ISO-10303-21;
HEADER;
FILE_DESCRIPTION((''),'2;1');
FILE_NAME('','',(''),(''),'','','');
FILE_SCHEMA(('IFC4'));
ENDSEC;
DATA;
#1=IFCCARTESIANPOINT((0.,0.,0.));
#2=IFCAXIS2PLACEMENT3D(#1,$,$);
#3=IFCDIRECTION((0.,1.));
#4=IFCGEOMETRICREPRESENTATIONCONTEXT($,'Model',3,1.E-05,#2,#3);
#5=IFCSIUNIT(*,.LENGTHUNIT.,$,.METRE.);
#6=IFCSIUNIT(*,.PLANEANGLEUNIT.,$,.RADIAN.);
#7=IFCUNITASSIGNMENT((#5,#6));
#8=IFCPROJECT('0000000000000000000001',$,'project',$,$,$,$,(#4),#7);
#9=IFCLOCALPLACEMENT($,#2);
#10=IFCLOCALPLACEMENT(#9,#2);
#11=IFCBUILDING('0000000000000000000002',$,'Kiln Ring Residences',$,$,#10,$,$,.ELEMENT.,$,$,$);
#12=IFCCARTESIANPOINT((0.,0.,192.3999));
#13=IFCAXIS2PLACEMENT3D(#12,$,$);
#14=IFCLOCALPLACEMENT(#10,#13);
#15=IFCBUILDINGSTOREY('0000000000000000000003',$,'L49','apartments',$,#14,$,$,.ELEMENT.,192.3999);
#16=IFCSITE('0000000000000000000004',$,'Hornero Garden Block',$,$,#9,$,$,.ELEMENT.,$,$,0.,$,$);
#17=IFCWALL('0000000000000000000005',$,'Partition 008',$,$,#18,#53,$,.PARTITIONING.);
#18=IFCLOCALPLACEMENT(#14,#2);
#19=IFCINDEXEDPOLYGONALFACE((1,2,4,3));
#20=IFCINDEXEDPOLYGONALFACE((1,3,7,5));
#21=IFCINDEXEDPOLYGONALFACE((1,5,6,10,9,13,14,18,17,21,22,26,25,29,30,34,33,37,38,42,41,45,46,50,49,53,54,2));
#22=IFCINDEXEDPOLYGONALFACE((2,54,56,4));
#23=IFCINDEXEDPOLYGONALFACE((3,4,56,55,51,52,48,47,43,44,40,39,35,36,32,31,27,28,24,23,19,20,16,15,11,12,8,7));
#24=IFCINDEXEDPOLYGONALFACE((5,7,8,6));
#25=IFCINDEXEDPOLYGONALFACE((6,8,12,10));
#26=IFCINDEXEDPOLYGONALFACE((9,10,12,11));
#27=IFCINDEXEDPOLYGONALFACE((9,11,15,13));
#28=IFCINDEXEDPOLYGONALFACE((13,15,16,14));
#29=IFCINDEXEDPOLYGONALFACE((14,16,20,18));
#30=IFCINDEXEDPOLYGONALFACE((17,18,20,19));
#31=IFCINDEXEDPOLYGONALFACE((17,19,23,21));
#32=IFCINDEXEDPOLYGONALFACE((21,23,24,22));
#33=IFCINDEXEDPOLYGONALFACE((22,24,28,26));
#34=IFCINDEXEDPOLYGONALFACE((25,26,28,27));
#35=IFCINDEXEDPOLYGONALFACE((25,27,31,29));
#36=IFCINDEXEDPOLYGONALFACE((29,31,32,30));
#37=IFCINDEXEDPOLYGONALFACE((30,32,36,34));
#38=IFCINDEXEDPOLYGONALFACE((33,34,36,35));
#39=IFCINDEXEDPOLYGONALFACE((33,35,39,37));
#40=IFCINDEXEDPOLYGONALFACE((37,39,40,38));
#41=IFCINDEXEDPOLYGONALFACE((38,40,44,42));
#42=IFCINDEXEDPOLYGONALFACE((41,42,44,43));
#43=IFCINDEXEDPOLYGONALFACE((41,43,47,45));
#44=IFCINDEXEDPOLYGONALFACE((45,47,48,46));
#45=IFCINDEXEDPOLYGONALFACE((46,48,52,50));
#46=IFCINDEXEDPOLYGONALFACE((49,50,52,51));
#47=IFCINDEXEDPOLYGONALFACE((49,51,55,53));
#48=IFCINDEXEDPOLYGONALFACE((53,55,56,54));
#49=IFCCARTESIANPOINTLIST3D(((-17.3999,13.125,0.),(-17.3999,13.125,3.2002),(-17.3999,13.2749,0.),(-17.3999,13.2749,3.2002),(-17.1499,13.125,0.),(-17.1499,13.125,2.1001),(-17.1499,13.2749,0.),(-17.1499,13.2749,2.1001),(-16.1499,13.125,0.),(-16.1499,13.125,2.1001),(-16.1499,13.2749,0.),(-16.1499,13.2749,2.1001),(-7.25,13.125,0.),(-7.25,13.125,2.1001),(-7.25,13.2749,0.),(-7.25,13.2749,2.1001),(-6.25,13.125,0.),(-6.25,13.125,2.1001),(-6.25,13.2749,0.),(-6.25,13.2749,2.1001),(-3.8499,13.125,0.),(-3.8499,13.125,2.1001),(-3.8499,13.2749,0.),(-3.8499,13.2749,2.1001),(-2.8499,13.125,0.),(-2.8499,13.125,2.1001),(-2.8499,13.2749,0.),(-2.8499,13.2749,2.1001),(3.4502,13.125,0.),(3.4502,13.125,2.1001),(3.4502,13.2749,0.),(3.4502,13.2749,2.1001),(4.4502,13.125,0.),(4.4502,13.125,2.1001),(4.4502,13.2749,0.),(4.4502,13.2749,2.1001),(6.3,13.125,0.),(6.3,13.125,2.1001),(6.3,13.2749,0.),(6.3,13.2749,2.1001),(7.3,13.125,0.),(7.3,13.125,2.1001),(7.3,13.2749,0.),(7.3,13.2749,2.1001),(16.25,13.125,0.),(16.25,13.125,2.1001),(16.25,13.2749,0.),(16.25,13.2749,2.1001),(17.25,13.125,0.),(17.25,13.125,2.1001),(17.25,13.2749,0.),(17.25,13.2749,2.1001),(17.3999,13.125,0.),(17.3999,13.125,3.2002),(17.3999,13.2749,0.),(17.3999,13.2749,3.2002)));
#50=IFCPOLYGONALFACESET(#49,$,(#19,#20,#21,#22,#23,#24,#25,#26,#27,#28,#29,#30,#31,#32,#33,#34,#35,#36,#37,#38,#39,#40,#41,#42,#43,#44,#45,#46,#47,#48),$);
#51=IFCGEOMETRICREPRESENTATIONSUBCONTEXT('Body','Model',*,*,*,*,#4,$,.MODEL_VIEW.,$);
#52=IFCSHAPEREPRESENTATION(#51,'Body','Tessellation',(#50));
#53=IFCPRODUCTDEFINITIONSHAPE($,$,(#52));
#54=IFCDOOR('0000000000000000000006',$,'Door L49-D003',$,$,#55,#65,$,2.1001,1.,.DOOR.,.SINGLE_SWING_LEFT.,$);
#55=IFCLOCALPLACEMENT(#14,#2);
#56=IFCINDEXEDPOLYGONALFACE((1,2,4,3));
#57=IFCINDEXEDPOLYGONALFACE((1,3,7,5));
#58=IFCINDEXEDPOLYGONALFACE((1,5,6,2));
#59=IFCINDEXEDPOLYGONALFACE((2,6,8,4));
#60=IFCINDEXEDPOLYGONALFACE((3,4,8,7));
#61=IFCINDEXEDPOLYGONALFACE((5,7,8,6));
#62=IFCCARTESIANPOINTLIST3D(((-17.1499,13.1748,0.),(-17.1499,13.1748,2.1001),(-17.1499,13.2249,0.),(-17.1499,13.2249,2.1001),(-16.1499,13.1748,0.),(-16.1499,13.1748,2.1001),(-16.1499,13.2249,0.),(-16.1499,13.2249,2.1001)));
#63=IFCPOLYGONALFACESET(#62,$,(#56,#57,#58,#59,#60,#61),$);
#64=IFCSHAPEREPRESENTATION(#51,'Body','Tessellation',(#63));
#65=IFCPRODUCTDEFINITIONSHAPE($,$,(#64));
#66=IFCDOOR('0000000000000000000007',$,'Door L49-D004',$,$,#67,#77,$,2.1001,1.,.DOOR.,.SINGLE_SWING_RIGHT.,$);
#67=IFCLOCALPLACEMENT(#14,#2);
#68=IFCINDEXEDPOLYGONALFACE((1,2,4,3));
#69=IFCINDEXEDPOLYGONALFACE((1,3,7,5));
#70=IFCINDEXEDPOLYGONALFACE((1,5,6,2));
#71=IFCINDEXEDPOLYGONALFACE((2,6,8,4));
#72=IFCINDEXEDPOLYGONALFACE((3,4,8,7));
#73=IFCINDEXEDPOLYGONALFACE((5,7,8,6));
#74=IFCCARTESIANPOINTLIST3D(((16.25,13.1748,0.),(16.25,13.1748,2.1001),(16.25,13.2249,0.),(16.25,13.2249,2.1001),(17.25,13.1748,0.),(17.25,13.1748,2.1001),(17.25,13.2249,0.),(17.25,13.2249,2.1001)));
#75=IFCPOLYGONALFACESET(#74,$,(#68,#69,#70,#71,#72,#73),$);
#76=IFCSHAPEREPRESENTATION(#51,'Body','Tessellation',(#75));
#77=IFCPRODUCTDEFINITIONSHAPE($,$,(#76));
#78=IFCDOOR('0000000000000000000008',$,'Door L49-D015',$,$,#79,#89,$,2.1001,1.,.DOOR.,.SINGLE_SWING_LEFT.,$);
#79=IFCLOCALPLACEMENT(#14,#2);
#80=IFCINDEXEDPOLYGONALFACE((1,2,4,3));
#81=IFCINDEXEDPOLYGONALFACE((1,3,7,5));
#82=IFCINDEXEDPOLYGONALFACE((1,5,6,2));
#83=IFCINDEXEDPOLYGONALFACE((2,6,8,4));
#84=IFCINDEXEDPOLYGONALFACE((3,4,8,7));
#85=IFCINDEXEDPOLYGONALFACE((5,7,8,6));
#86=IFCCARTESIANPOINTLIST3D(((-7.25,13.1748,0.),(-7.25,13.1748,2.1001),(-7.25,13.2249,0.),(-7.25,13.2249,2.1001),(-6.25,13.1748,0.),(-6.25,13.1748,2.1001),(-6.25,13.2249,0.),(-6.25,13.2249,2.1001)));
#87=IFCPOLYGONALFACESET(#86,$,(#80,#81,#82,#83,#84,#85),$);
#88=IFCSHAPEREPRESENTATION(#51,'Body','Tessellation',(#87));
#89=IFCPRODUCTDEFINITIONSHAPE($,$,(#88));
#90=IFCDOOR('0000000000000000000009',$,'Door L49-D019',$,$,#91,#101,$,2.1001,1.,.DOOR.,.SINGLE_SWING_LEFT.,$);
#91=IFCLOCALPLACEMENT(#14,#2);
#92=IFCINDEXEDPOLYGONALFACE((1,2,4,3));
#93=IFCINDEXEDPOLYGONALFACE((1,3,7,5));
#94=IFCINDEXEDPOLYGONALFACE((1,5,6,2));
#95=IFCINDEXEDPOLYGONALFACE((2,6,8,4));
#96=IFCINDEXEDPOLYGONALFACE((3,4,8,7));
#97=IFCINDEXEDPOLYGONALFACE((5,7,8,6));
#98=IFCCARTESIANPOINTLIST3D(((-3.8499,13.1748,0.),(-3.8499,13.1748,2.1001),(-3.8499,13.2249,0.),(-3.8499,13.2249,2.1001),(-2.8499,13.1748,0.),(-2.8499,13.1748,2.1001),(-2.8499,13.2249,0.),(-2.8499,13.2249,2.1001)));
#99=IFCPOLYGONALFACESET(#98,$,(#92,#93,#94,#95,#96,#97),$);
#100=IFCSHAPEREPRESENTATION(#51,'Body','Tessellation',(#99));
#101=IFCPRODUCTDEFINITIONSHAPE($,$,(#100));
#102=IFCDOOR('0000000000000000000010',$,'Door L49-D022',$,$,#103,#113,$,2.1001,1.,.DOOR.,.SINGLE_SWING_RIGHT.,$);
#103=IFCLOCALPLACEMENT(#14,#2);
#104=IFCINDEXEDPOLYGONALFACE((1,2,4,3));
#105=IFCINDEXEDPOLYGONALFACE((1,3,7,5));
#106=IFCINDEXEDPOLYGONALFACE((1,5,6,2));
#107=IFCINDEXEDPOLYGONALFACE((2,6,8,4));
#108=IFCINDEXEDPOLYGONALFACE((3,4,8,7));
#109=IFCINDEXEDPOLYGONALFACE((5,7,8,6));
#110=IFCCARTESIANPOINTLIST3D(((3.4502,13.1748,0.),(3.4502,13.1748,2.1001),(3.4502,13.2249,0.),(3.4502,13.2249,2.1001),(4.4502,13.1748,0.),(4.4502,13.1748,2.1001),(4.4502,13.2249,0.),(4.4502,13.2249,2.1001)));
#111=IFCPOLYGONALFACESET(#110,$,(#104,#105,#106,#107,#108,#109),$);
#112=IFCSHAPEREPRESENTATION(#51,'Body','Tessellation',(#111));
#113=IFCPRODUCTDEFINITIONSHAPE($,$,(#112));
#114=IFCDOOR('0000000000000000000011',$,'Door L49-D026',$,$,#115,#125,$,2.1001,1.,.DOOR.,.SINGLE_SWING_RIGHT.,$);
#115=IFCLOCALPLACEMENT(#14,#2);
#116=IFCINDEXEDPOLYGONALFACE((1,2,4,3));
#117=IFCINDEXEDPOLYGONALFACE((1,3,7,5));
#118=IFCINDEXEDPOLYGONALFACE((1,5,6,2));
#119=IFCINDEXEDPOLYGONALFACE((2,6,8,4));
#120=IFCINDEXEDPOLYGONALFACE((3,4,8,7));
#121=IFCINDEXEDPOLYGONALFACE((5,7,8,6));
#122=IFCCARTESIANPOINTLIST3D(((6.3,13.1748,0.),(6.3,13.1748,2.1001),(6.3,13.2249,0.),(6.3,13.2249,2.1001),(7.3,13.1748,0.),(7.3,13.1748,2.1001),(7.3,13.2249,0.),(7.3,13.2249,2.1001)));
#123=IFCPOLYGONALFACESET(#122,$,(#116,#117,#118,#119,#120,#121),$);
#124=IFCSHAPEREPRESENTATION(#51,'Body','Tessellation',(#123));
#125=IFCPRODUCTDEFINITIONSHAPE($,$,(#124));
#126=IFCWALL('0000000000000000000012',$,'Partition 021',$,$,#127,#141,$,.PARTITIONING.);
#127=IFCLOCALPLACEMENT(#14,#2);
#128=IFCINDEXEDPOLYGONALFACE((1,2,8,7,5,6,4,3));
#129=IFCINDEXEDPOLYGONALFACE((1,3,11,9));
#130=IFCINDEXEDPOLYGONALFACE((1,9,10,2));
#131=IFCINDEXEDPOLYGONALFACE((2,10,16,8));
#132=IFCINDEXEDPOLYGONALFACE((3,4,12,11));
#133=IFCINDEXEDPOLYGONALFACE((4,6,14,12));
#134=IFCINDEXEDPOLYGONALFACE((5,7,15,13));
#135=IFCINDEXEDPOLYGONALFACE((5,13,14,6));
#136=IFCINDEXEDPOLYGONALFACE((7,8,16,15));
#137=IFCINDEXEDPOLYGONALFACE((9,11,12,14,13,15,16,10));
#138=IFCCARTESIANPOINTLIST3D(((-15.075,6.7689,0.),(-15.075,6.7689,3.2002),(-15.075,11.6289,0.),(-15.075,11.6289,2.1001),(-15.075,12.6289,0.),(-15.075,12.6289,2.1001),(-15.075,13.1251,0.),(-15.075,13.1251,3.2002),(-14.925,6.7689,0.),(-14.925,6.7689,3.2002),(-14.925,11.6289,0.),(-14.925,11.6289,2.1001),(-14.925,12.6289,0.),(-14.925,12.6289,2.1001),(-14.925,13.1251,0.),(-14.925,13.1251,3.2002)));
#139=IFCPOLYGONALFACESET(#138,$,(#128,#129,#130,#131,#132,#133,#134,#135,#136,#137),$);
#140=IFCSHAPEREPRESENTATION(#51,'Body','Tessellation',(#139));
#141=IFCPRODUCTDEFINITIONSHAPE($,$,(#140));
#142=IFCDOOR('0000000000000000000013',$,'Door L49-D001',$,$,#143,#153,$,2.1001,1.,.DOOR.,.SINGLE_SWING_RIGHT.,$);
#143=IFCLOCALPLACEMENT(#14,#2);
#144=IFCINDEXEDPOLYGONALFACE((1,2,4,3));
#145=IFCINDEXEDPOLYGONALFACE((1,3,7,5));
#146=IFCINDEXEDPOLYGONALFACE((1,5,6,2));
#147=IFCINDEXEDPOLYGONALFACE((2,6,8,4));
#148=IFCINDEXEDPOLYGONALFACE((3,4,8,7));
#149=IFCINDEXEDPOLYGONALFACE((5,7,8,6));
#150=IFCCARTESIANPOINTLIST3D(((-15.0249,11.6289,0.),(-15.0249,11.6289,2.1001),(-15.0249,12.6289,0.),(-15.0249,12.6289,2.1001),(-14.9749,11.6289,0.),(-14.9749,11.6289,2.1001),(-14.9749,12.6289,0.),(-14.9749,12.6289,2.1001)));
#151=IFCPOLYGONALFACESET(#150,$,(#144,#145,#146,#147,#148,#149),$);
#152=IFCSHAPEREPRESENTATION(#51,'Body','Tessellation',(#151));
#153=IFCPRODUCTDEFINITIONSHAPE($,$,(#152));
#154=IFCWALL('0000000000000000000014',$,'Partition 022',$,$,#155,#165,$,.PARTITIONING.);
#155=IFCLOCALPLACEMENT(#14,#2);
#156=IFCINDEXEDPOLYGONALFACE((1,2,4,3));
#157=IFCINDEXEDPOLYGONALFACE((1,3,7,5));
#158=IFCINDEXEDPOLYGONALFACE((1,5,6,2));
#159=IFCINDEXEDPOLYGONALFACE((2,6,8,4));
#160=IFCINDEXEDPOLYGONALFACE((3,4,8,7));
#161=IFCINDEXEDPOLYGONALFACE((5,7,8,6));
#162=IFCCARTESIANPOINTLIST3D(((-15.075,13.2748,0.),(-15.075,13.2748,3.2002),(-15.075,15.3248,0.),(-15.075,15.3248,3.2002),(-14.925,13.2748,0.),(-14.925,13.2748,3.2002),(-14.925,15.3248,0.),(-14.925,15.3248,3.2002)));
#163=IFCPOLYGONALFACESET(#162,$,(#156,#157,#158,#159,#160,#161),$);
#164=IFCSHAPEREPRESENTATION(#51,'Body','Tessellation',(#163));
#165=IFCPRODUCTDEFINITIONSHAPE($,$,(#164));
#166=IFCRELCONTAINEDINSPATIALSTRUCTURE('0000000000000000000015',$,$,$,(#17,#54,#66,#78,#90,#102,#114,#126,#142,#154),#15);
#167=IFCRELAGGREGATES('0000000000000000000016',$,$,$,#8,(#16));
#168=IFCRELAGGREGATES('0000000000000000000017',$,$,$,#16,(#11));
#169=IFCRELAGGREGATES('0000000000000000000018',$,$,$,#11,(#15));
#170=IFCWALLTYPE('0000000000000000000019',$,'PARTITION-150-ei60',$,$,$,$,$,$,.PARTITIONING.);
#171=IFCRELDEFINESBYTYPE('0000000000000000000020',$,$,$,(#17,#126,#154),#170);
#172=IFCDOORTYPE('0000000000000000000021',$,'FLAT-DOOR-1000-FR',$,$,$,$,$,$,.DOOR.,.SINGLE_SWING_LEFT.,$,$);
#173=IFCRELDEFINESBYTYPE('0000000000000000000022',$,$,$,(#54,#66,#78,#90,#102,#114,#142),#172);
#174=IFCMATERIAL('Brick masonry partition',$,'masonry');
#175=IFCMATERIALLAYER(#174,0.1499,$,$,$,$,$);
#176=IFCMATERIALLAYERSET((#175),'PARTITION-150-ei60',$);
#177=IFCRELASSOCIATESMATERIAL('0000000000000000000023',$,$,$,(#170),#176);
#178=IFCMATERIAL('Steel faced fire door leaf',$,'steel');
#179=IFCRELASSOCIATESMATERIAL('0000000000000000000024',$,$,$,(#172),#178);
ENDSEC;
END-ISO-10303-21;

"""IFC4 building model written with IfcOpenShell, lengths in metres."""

from ifc_helpers import new_model, si_unit, direction, frame, frame_2d, origin, place, context, subcontext, project, spatial, rectangle, extrude, material, layer, layer_set, type_object, element, fill, save


model = new_model("IFC4")

# Units and contexts
model_context = context("Model", 3, precision=1e-05, world=origin(), true_north=direction((0.0, 1.0)))
body_context = subcontext(model_context, "Body", "Model", "MODEL_VIEW")
ifc_project = project(units=[si_unit("LENGTHUNIT", "METRE"), si_unit("PLANEANGLEUNIT", "RADIAN")], contexts=[model_context])

# Site, building, storey
site_placement = place(None, origin())
site = spatial("IfcSite", under=ifc_project, at=site_placement, Name="Hornero Garden Block", CompositionType="ELEMENT", RefElevation=0.0)
building_placement = place(site_placement, origin())
building = spatial("IfcBuilding", under=site, at=building_placement, Name="Kiln Ring Residences", CompositionType="ELEMENT")
storey_placement = place(building_placement, frame((0.0, 0.0, 192.3999)))
storey = spatial("IfcBuildingStorey", under=building, at=storey_placement, Name="L49", Description="apartments", CompositionType="ELEMENT", Elevation=192.3999)

# Wall, openings, doors
ifc_material_1 = material(Name="Brick masonry partition", Category="masonry")
ifc_layer_1 = layer(ifc_material_1, 0.1499)
ifc_layer_set_1 = layer_set([ifc_layer_1], Name="PARTITION-150-ei60")
wall_type = type_object("IfcWallType", Name="PARTITION-150-ei60", PredefinedType="PARTITIONING", material=ifc_layer_set_1)
ifc_material_2 = material(Name="Steel faced fire door leaf", Category="steel")
door_type = type_object("IfcDoorType", Name="FLAT-DOOR-1000-FR", OperationType="SINGLE_SWING_LEFT", PredefinedType="DOOR", material=ifc_material_2)
wall_1_placement = place(storey_placement, frame((-17.3999, 13.2, 0.0), z_axis=(0.0, 0.0, 1.0), x_axis=(1.0, 0.0, 0.0)))
wall_1 = element("IfcWall", 1, at=wall_1_placement, inside=storey, type_object=wall_type, Name="Partition 008", PredefinedType="PARTITIONING", context=body_context, shape_type="SweptSolid", body=[
    extrude(rectangle(XDim=34.7998, YDim=0.1499, at=frame_2d((17.3999, 0.0))), origin(), (0.0, 0.0, 1.0), 3.2002),
])
opening_1_placement = place(wall_1_placement, frame((0.25, 0.0, 0.0)))
opening_1 = element("IfcOpeningElement", 2, at=opening_1_placement, cuts=wall_1, PredefinedType="OPENING", context=body_context, shape_type="SweptSolid", body=[
    extrude(rectangle(XDim=1.0, YDim=2.1001, at=frame_2d((0.5, 1.05))), frame((0.0, 0.085, 0.0), z_axis=(0.0, -1.0, 0.0), x_axis=(1.0, 0.0, 0.0)), (0.0, 0.0, 1.0), 0.1699),
])
opening_2_placement = place(wall_1_placement, frame((33.6499, 0.0, 0.0)))
opening_2 = element("IfcOpeningElement", 3, at=opening_2_placement, cuts=wall_1, PredefinedType="OPENING", context=body_context, shape_type="SweptSolid", body=[
    extrude(rectangle(XDim=1.0, YDim=2.1001, at=frame_2d((0.5, 1.05))), frame((0.0, 0.085, 0.0), z_axis=(0.0, -1.0, 0.0), x_axis=(1.0, 0.0, 0.0)), (0.0, 0.0, 1.0), 0.1699),
])
opening_3_placement = place(wall_1_placement, frame((10.1499, 0.0, 0.0)))
opening_3 = element("IfcOpeningElement", 4, at=opening_3_placement, cuts=wall_1, PredefinedType="OPENING", context=body_context, shape_type="SweptSolid", body=[
    extrude(rectangle(XDim=1.0, YDim=2.1001, at=frame_2d((0.5, 1.05))), frame((0.0, 0.085, 0.0), z_axis=(0.0, -1.0, 0.0), x_axis=(1.0, 0.0, 0.0)), (0.0, 0.0, 1.0), 0.1699),
])
opening_4_placement = place(wall_1_placement, frame((13.55, 0.0, 0.0)))
opening_4 = element("IfcOpeningElement", 5, at=opening_4_placement, cuts=wall_1, PredefinedType="OPENING", context=body_context, shape_type="SweptSolid", body=[
    extrude(rectangle(XDim=1.0, YDim=2.1001, at=frame_2d((0.5, 1.05))), frame((0.0, 0.085, 0.0), z_axis=(0.0, -1.0, 0.0), x_axis=(1.0, 0.0, 0.0)), (0.0, 0.0, 1.0), 0.1699),
])
opening_5_placement = place(wall_1_placement, frame((20.8501, 0.0, 0.0)))
opening_5 = element("IfcOpeningElement", 6, at=opening_5_placement, cuts=wall_1, PredefinedType="OPENING", context=body_context, shape_type="SweptSolid", body=[
    extrude(rectangle(XDim=1.0, YDim=2.1001, at=frame_2d((0.5, 1.05))), frame((0.0, 0.085, 0.0), z_axis=(0.0, -1.0, 0.0), x_axis=(1.0, 0.0, 0.0)), (0.0, 0.0, 1.0), 0.1699),
])
opening_6_placement = place(wall_1_placement, frame((23.7, 0.0, 0.0)))
opening_6 = element("IfcOpeningElement", 7, at=opening_6_placement, cuts=wall_1, PredefinedType="OPENING", context=body_context, shape_type="SweptSolid", body=[
    extrude(rectangle(XDim=1.0, YDim=2.1001, at=frame_2d((0.5, 1.05))), frame((0.0, 0.085, 0.0), z_axis=(0.0, -1.0, 0.0), x_axis=(1.0, 0.0, 0.0)), (0.0, 0.0, 1.0), 0.1699),
])
door_1_placement = place(opening_1_placement, origin())
door_1 = element("IfcDoor", 8, at=door_1_placement, inside=storey, type_object=door_type, Name="Door L49-D003", OperationType="SINGLE_SWING_LEFT", OverallHeight=2.1001, OverallWidth=1.0, PredefinedType="DOOR", context=body_context, shape_type="SweptSolid", body=[
    extrude(rectangle(XDim=1.0, YDim=2.1001, at=frame_2d((0.5, 1.05))), frame((0.0, 0.0249, 0.0), z_axis=(0.0, -1.0, 0.0), x_axis=(1.0, 0.0, 0.0)), (0.0, 0.0, 1.0), 0.05),
])
fill(opening_1, door_1)
door_2_placement = place(opening_2_placement, origin())
door_2 = element("IfcDoor", 9, at=door_2_placement, inside=storey, type_object=door_type, Name="Door L49-D004", OperationType="SINGLE_SWING_RIGHT", OverallHeight=2.1001, OverallWidth=1.0, PredefinedType="DOOR", context=body_context, shape_type="SweptSolid", body=[
    extrude(rectangle(XDim=1.0, YDim=2.1001, at=frame_2d((0.5, 1.05))), frame((0.0, 0.0249, 0.0), z_axis=(0.0, -1.0, 0.0), x_axis=(1.0, 0.0, 0.0)), (0.0, 0.0, 1.0), 0.05),
])
fill(opening_2, door_2)
door_3_placement = place(opening_3_placement, origin())
door_3 = element("IfcDoor", 10, at=door_3_placement, inside=storey, type_object=door_type, Name="Door L49-D015", OperationType="SINGLE_SWING_LEFT", OverallHeight=2.1001, OverallWidth=1.0, PredefinedType="DOOR", context=body_context, shape_type="SweptSolid", body=[
    extrude(rectangle(XDim=1.0, YDim=2.1001, at=frame_2d((0.5, 1.05))), frame((0.0, 0.0249, 0.0), z_axis=(0.0, -1.0, 0.0), x_axis=(1.0, 0.0, 0.0)), (0.0, 0.0, 1.0), 0.05),
])
fill(opening_3, door_3)
door_4_placement = place(opening_4_placement, origin())
door_4 = element("IfcDoor", 11, at=door_4_placement, inside=storey, type_object=door_type, Name="Door L49-D019", OperationType="SINGLE_SWING_LEFT", OverallHeight=2.1001, OverallWidth=1.0, PredefinedType="DOOR", context=body_context, shape_type="SweptSolid", body=[
    extrude(rectangle(XDim=1.0, YDim=2.1001, at=frame_2d((0.5, 1.05))), frame((0.0, 0.0249, 0.0), z_axis=(0.0, -1.0, 0.0), x_axis=(1.0, 0.0, 0.0)), (0.0, 0.0, 1.0), 0.05),
])
fill(opening_4, door_4)
door_5_placement = place(opening_5_placement, origin())
door_5 = element("IfcDoor", 12, at=door_5_placement, inside=storey, type_object=door_type, Name="Door L49-D022", OperationType="SINGLE_SWING_RIGHT", OverallHeight=2.1001, OverallWidth=1.0, PredefinedType="DOOR", context=body_context, shape_type="SweptSolid", body=[
    extrude(rectangle(XDim=1.0, YDim=2.1001, at=frame_2d((0.5, 1.05))), frame((0.0, 0.0249, 0.0), z_axis=(0.0, -1.0, 0.0), x_axis=(1.0, 0.0, 0.0)), (0.0, 0.0, 1.0), 0.05),
])
fill(opening_5, door_5)
door_6_placement = place(opening_6_placement, origin())
door_6 = element("IfcDoor", 13, at=door_6_placement, inside=storey, type_object=door_type, Name="Door L49-D026", OperationType="SINGLE_SWING_RIGHT", OverallHeight=2.1001, OverallWidth=1.0, PredefinedType="DOOR", context=body_context, shape_type="SweptSolid", body=[
    extrude(rectangle(XDim=1.0, YDim=2.1001, at=frame_2d((0.5, 1.05))), frame((0.0, 0.0249, 0.0), z_axis=(0.0, -1.0, 0.0), x_axis=(1.0, 0.0, 0.0)), (0.0, 0.0, 1.0), 0.05),
])
fill(opening_6, door_6)

# Wall, opening, door
wall_2_placement = place(storey_placement, frame((-15.0, 6.7688, 0.0), z_axis=(0.0, 0.0, 1.0), x_axis=(0.0, 1.0, 0.0)))
wall_2 = element("IfcWall", 14, at=wall_2_placement, inside=storey, type_object=wall_type, Name="Partition 021", PredefinedType="PARTITIONING", context=body_context, shape_type="SweptSolid", body=[
    extrude(rectangle(XDim=6.3562, YDim=0.1499, at=frame_2d((3.1782, 0.0))), origin(), (0.0, 0.0, 1.0), 3.2002),
])
opening_7_placement = place(wall_2_placement, frame((4.8601, 0.0, 0.0)))
opening_7 = element("IfcOpeningElement", 15, at=opening_7_placement, cuts=wall_2, PredefinedType="OPENING", context=body_context, shape_type="SweptSolid", body=[
    extrude(rectangle(XDim=1.0, YDim=2.1001, at=frame_2d((0.5, 1.05))), frame((0.0, 0.085, 0.0), z_axis=(0.0, -1.0, 0.0), x_axis=(1.0, 0.0, 0.0)), (0.0, 0.0, 1.0), 0.1699),
])
door_7_placement = place(opening_7_placement, origin())
door_7 = element("IfcDoor", 16, at=door_7_placement, inside=storey, type_object=door_type, Name="Door L49-D001", OperationType="SINGLE_SWING_RIGHT", OverallHeight=2.1001, OverallWidth=1.0, PredefinedType="DOOR", context=body_context, shape_type="SweptSolid", body=[
    extrude(rectangle(XDim=1.0, YDim=2.1001, at=frame_2d((0.5, 1.05))), frame((0.0, 0.0249, 0.0), z_axis=(0.0, -1.0, 0.0), x_axis=(1.0, 0.0, 0.0)), (0.0, 0.0, 1.0), 0.05),
])
fill(opening_7, door_7)

# Wall
wall_3_placement = place(storey_placement, frame((-15.0, 13.2749, 0.0), z_axis=(0.0, 0.0, 1.0), x_axis=(0.0, 1.0, 0.0)))
element("IfcWall", 17, at=wall_3_placement, inside=storey, type_object=wall_type, Name="Partition 022", PredefinedType="PARTITIONING", context=body_context, shape_type="SweptSolid", body=[
    extrude(rectangle(XDim=2.05, YDim=0.1499, at=frame_2d((1.0249, 0.0))), origin(), (0.0, 0.0, 1.0), 3.2002),
])

save(model, "model.ifc")
